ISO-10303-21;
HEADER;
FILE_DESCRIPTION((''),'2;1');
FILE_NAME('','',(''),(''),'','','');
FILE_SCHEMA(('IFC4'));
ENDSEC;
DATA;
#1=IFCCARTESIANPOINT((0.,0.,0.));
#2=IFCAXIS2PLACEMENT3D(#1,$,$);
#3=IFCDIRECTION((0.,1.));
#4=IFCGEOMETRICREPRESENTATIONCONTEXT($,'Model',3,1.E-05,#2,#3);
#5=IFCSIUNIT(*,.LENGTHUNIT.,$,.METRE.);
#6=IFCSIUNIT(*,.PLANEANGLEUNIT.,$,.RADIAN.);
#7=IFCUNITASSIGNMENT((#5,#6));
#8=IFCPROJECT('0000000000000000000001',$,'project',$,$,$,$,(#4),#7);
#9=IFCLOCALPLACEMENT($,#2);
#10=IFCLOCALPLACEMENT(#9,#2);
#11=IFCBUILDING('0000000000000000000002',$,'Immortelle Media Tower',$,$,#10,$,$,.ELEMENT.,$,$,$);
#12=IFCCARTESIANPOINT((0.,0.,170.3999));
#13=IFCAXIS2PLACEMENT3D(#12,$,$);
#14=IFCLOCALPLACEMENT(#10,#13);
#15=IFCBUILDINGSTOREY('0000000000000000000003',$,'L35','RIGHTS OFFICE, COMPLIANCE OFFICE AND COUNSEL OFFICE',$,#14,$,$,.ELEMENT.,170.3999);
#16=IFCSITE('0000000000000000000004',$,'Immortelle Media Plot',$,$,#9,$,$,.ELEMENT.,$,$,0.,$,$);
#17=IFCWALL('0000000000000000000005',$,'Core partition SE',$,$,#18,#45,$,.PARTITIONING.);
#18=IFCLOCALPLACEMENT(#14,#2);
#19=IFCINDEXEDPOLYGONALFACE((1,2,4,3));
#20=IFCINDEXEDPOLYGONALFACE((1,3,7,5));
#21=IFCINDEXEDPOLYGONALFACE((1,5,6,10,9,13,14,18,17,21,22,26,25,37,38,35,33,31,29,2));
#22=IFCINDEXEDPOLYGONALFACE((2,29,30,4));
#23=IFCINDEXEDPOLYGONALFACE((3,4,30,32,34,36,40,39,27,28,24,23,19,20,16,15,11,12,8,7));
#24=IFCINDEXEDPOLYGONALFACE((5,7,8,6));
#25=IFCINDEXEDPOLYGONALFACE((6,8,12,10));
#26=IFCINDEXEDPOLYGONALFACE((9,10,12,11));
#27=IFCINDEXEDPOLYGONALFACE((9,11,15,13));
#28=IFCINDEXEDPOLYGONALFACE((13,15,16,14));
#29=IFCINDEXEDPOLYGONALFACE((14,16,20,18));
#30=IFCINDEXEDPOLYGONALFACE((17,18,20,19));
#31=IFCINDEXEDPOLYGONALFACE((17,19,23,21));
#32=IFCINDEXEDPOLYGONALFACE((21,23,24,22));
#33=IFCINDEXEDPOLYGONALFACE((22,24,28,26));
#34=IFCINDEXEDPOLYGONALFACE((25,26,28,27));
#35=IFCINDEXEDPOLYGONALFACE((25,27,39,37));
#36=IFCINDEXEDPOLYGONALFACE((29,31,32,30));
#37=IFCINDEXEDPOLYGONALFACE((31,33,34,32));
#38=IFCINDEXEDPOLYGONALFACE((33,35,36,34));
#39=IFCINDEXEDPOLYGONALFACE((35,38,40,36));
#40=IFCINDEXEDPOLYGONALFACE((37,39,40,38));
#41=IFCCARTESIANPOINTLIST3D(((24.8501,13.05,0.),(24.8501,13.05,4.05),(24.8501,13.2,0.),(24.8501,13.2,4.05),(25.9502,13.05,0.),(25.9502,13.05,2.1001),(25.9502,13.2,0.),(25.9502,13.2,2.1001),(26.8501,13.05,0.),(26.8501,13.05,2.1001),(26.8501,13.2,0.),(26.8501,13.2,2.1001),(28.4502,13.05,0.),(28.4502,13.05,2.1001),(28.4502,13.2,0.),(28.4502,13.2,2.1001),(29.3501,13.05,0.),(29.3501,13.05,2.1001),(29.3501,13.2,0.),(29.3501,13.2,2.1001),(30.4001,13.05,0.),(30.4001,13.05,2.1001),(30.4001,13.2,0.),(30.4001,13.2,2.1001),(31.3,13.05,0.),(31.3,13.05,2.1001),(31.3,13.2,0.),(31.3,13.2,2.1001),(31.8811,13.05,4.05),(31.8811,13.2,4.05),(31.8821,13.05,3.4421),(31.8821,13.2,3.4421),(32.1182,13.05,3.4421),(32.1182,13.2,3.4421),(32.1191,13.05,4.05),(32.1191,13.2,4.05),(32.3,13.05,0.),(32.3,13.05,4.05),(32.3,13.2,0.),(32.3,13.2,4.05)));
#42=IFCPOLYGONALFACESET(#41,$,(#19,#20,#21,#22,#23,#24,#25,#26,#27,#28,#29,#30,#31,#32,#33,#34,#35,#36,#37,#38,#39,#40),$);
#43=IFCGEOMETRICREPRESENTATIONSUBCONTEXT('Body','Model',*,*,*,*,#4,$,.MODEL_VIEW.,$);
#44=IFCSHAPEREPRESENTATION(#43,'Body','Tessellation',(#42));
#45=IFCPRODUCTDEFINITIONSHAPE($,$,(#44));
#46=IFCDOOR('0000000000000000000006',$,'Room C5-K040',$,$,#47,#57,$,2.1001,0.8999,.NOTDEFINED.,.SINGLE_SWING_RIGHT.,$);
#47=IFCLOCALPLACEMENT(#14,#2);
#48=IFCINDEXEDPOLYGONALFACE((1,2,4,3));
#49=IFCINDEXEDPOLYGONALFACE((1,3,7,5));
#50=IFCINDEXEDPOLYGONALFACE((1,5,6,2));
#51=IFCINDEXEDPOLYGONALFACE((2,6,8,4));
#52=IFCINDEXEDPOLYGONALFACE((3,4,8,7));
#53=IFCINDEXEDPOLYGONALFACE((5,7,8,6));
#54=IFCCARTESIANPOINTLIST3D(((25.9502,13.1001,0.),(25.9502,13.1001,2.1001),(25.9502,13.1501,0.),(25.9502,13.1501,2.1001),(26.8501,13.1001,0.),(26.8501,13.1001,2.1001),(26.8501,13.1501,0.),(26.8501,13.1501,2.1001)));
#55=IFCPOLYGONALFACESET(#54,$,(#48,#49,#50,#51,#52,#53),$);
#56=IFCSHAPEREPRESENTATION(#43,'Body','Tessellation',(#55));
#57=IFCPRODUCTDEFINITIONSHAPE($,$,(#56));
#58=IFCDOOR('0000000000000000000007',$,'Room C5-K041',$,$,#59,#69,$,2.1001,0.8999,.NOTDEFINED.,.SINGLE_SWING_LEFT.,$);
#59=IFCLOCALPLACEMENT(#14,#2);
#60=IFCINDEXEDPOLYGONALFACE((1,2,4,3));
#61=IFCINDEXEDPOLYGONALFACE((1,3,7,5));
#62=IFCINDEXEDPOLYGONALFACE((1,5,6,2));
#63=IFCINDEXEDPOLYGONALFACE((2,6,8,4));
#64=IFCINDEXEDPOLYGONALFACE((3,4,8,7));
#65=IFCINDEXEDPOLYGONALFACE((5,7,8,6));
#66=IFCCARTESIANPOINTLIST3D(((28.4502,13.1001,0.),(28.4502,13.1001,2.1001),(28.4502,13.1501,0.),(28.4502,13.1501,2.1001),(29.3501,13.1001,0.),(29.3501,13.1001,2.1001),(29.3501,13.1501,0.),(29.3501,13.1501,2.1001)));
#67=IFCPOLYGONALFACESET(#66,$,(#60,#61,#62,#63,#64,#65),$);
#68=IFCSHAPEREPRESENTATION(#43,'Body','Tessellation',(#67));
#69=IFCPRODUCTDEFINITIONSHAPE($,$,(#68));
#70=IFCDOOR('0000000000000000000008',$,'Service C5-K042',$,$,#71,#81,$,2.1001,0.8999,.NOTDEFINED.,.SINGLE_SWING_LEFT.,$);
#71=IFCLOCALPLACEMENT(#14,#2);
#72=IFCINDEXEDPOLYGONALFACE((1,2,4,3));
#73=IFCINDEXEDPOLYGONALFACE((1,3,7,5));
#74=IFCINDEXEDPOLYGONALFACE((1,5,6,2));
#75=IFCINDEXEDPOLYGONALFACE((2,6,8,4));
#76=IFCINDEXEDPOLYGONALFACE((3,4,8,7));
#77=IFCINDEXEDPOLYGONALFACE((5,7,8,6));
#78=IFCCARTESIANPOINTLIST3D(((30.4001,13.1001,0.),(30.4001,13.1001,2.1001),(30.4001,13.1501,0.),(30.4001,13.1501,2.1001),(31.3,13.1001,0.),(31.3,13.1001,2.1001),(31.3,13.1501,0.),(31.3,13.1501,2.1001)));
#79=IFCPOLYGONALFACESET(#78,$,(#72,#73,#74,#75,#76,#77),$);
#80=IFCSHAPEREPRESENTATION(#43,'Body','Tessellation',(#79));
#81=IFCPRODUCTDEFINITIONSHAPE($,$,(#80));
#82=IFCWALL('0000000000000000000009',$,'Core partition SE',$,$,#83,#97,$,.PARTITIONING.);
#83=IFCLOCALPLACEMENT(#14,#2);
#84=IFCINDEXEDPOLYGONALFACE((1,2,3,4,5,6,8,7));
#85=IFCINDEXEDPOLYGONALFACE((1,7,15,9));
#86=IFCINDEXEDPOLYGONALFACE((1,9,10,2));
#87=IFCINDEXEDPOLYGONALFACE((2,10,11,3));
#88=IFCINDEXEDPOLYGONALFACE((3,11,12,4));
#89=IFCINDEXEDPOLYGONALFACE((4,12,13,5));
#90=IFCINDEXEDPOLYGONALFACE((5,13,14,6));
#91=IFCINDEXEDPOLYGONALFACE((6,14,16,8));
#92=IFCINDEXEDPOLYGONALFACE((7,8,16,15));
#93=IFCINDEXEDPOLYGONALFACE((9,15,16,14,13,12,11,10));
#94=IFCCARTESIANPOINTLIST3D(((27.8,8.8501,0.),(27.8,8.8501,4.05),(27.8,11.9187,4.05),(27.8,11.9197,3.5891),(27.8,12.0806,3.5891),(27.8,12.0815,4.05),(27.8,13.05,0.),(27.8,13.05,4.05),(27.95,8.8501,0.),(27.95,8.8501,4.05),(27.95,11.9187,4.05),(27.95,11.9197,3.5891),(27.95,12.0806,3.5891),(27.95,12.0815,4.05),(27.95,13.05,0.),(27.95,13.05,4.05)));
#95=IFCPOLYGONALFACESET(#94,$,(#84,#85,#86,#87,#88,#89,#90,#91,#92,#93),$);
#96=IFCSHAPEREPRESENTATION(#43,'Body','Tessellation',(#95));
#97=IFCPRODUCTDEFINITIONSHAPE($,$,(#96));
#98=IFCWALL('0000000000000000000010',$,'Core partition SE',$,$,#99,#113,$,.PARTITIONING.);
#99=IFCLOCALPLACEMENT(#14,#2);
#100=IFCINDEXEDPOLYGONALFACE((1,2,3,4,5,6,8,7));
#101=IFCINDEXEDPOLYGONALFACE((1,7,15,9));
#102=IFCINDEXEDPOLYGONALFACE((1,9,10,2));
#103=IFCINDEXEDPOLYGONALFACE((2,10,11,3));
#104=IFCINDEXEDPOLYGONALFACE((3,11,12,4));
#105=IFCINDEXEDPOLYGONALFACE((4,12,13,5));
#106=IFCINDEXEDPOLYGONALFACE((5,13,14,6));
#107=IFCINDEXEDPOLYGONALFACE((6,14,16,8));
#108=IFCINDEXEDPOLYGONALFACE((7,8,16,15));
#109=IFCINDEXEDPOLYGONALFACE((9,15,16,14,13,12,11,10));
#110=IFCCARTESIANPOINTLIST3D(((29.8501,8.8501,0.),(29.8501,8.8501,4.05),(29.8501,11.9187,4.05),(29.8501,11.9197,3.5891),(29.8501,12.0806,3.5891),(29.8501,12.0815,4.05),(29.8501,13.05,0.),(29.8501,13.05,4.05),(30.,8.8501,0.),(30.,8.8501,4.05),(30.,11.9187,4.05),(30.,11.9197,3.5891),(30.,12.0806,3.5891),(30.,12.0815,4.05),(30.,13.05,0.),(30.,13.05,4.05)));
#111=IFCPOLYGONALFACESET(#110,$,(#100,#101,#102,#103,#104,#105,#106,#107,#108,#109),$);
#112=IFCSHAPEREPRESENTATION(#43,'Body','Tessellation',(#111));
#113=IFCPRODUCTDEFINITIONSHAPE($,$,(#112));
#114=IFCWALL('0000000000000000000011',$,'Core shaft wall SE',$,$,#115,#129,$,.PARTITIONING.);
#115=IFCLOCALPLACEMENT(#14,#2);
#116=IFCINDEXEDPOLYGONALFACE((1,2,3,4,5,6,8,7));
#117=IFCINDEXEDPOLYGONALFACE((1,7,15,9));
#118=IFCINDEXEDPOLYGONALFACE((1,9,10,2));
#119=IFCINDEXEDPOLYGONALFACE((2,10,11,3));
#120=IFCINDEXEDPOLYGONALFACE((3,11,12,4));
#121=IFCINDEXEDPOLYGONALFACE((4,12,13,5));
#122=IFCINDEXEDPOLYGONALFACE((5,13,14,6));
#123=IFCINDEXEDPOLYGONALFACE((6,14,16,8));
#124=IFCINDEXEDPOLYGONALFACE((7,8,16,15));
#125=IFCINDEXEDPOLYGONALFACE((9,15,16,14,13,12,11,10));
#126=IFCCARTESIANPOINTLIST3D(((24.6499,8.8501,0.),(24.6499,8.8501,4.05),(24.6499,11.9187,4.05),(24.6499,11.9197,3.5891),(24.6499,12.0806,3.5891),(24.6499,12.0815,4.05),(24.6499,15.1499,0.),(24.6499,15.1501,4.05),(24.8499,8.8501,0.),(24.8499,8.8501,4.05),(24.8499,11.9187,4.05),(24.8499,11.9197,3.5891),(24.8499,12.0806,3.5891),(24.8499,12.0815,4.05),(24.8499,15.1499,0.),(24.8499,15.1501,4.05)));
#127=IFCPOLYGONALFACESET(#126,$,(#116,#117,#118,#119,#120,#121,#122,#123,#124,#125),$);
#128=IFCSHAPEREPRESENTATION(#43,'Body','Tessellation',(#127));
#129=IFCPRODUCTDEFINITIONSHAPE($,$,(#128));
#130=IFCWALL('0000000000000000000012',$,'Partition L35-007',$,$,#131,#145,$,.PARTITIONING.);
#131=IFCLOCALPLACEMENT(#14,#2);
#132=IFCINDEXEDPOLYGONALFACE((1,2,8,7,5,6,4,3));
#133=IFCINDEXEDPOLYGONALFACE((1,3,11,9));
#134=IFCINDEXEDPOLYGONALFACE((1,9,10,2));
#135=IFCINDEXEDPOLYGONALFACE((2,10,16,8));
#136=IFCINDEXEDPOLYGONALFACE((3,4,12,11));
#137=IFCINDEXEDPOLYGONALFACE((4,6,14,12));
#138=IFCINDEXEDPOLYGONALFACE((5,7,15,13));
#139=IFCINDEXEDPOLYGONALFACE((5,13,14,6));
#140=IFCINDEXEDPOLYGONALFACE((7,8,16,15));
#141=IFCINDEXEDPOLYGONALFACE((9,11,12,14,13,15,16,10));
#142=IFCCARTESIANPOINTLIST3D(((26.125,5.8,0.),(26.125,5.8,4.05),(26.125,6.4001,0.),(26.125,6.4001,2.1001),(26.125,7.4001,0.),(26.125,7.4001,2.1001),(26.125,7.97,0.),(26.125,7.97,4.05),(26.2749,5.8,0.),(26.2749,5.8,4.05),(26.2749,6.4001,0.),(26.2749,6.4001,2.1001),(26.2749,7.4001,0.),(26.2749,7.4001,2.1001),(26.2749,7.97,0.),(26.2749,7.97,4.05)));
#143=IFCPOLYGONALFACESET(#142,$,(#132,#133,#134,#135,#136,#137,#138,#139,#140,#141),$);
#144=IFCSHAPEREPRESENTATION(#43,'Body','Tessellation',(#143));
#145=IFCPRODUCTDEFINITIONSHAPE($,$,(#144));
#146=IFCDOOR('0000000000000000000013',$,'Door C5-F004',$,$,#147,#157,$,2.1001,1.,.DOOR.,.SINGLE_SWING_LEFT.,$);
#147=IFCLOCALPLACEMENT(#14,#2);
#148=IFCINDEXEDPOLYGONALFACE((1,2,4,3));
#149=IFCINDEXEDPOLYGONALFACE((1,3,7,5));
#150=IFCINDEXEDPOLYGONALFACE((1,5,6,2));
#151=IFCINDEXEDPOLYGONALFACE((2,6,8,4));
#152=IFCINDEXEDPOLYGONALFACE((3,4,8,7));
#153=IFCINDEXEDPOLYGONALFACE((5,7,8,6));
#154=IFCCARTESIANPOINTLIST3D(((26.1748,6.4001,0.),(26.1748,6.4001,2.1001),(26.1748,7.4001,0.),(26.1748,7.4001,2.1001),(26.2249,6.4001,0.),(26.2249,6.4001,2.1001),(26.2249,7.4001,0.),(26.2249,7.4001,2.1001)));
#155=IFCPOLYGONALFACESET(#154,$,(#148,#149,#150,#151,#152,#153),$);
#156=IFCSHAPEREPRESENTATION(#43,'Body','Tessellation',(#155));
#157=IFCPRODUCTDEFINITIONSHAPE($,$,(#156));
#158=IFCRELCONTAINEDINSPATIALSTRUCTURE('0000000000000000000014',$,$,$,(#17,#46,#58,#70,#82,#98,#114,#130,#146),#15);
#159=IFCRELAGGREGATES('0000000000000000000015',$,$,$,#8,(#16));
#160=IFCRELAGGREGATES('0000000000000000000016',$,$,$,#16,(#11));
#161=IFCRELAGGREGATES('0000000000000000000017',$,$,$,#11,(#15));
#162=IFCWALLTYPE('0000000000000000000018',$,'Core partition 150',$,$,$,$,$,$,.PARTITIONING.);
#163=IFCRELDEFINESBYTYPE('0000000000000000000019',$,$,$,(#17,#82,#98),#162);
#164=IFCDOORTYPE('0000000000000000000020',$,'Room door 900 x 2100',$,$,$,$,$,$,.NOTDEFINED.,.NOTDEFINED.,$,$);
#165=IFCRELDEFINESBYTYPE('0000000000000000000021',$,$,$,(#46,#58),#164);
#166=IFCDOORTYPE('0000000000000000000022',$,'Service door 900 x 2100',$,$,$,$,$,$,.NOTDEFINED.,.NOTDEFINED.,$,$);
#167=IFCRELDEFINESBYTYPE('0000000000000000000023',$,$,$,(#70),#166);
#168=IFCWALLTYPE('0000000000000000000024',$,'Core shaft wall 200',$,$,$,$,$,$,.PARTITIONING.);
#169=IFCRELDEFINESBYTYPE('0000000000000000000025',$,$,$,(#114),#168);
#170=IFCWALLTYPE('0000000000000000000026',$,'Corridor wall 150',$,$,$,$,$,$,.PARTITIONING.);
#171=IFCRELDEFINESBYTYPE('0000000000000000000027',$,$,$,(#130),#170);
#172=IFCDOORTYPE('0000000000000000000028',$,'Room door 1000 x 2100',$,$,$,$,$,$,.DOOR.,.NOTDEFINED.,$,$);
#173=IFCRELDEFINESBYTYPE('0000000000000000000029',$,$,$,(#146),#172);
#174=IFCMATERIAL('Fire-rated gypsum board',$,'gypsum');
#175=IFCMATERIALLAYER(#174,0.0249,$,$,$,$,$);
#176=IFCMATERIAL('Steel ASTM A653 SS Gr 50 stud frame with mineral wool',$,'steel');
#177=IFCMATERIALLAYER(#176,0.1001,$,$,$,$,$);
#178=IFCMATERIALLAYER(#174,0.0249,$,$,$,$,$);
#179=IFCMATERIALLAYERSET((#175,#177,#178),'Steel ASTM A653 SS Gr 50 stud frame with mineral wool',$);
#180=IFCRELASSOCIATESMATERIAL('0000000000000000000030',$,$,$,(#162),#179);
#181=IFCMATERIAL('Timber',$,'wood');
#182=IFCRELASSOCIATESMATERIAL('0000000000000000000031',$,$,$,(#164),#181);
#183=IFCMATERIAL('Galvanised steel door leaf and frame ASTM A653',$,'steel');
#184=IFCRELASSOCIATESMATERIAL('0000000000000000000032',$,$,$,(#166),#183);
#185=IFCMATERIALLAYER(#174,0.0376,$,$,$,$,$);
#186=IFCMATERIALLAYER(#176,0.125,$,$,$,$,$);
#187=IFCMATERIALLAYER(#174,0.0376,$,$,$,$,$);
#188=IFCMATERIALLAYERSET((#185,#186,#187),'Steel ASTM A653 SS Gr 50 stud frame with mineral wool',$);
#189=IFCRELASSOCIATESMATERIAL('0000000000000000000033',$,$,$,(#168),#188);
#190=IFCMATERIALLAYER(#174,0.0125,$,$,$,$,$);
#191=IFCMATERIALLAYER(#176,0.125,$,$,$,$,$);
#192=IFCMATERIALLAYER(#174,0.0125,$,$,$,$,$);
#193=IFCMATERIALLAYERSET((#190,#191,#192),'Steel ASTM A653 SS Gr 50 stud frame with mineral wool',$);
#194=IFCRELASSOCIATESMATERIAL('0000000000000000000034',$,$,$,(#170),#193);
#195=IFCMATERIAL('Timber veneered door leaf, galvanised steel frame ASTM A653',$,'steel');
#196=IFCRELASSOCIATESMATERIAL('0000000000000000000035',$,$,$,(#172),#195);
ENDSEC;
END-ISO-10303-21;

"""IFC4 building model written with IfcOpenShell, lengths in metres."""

from ifc_helpers import new_model, si_unit, direction, frame, frame_2d, origin, place, context, subcontext, project, spatial, polyline, rectangle, outline, extrude, material, layer, layer_set, type_object, element, fill, save


model = new_model("IFC4")

# Units and contexts
model_context = context("Model", 3, precision=1e-05, world=origin(), true_north=direction((0.0, 1.0)))
body_context = subcontext(model_context, "Body", "Model", "MODEL_VIEW")
ifc_project = project(units=[si_unit("LENGTHUNIT", "METRE"), si_unit("PLANEANGLEUNIT", "RADIAN")], contexts=[model_context])

# Site, building, storey
site_placement = place(None, origin())
site = spatial("IfcSite", under=ifc_project, at=site_placement, Name="Immortelle Media Plot", CompositionType="ELEMENT", RefElevation=0.0)
building_placement = place(site_placement, origin())
building = spatial("IfcBuilding", under=site, at=building_placement, Name="Immortelle Media Tower", CompositionType="ELEMENT")
storey_placement = place(building_placement, frame((0.0, 0.0, 170.3999)))
storey = spatial("IfcBuildingStorey", under=building, at=storey_placement, Name="L35", Description="RIGHTS OFFICE, COMPLIANCE OFFICE AND COUNSEL OFFICE", CompositionType="ELEMENT", Elevation=170.3999)

# Wall, openings, doors
ifc_material_1 = material(Name="Fire-rated gypsum board", Category="gypsum")
ifc_layer_1 = layer(ifc_material_1, 0.0249)
ifc_material_2 = material(Name="Steel ASTM A653 SS Gr 50 stud frame with mineral wool", Category="steel")
ifc_layer_2 = layer(ifc_material_2, 0.1001)
ifc_layer_3 = layer(ifc_material_1, 0.0249)
ifc_layer_set_1 = layer_set([ifc_layer_1, ifc_layer_2, ifc_layer_3], Name="Steel ASTM A653 SS Gr 50 stud frame with mineral wool")
wall_type_1 = type_object("IfcWallType", Name="Core partition 150", PredefinedType="PARTITIONING", material=ifc_layer_set_1)
wall_1_placement = place(storey_placement, frame((24.8501, 13.125, 0.0), z_axis=(0.0, 0.0, 1.0), x_axis=(1.0, 0.0, 0.0)))
wall_1 = element("IfcWall", 1, at=wall_1_placement, inside=storey, type_object=wall_type_1, Name="Core partition SE", PredefinedType="PARTITIONING", context=body_context, shape_type="SweptSolid", body=[
    extrude(outline(polyline([(0.0, 0.0), (7.45, 0.0), (7.45, 4.05), (7.269, 4.05), (7.2681, 3.4421), (7.032, 3.4421), (7.031, 4.05), (0.0, 4.05), (0.0, 0.0)])), frame((0.0, 0.075, 0.0), z_axis=(0.0, -1.0, 0.0), x_axis=(1.0, 0.0, 0.0)), (0.0, 0.0, 1.0), 0.1499),
])
opening_1_placement = place(wall_1_placement, frame((2.0, 0.0, 0.0), z_axis=(0.0, 0.0, 1.0), x_axis=(-1.0, 0.0, 0.0)))
opening_1 = element("IfcOpeningElement", 2, at=opening_1_placement, cuts=wall_1, PredefinedType="OPENING", context=body_context, shape_type="SweptSolid", body=[
    extrude(rectangle(XDim=0.8999, YDim=2.1001, at=frame_2d((0.45, 1.05))), frame((0.0, 0.085, 0.0), z_axis=(0.0, -1.0, 0.0), x_axis=(1.0, 0.0, 0.0)), (0.0, 0.0, 1.0), 0.1699),
])
opening_2_placement = place(wall_1_placement, frame((4.5, 0.0, 0.0), z_axis=(0.0, 0.0, 1.0), x_axis=(-1.0, 0.0, 0.0)))
opening_2 = element("IfcOpeningElement", 3, at=opening_2_placement, cuts=wall_1, PredefinedType="OPENING", context=body_context, shape_type="SweptSolid", body=[
    extrude(rectangle(XDim=0.8999, YDim=2.1001, at=frame_2d((0.45, 1.05))), frame((0.0, 0.085, 0.0), z_axis=(0.0, -1.0, 0.0), x_axis=(1.0, 0.0, 0.0)), (0.0, 0.0, 1.0), 0.1699),
])
opening_3_placement = place(wall_1_placement, frame((6.45, 0.0, 0.0), z_axis=(0.0, 0.0, 1.0), x_axis=(-1.0, 0.0, 0.0)))
opening_3 = element("IfcOpeningElement", 4, at=opening_3_placement, cuts=wall_1, PredefinedType="OPENING", context=body_context, shape_type="SweptSolid", body=[
    extrude(rectangle(XDim=0.8999, YDim=2.1001, at=frame_2d((0.45, 1.05))), frame((0.0, 0.085, 0.0), z_axis=(0.0, -1.0, 0.0), x_axis=(1.0, 0.0, 0.0)), (0.0, 0.0, 1.0), 0.1699),
])
ifc_material_3 = material(Name="Timber", Category="wood")
door_type_1 = type_object("IfcDoorType", Name="Room door 900 x 2100", OperationType="NOTDEFINED", PredefinedType="NOTDEFINED", material=ifc_material_3)
door_1_placement = place(opening_1_placement, origin())
door_1 = element("IfcDoor", 5, at=door_1_placement, inside=storey, type_object=door_type_1, Name="Room C5-K040", OperationType="SINGLE_SWING_RIGHT", OverallHeight=2.1001, OverallWidth=0.8999, PredefinedType="NOTDEFINED", context=body_context, shape_type="SweptSolid", body=[
    extrude(rectangle(XDim=0.8999, YDim=2.1001, at=frame_2d((0.45, 1.05))), frame((0.0, 0.0249, 0.0), z_axis=(0.0, -1.0, 0.0), x_axis=(1.0, 0.0, 0.0)), (0.0, 0.0, 1.0), 0.05),
])
fill(opening_1, door_1)
door_2_placement = place(opening_2_placement, origin())
door_2 = element("IfcDoor", 6, at=door_2_placement, inside=storey, type_object=door_type_1, Name="Room C5-K041", OperationType="SINGLE_SWING_LEFT", OverallHeight=2.1001, OverallWidth=0.8999, PredefinedType="NOTDEFINED", context=body_context, shape_type="SweptSolid", body=[
    extrude(rectangle(XDim=0.8999, YDim=2.1001, at=frame_2d((0.45, 1.05))), frame((0.0, 0.0249, 0.0), z_axis=(0.0, -1.0, 0.0), x_axis=(1.0, 0.0, 0.0)), (0.0, 0.0, 1.0), 0.05),
])
fill(opening_2, door_2)
ifc_material_4 = material(Name="Galvanised steel door leaf and frame ASTM A653", Category="steel")
door_type_2 = type_object("IfcDoorType", Name="Service door 900 x 2100", OperationType="NOTDEFINED", PredefinedType="NOTDEFINED", material=ifc_material_4)
door_3_placement = place(opening_3_placement, origin())
door_3 = element("IfcDoor", 7, at=door_3_placement, inside=storey, type_object=door_type_2, Name="Service C5-K042", OperationType="SINGLE_SWING_LEFT", OverallHeight=2.1001, OverallWidth=0.8999, PredefinedType="NOTDEFINED", context=body_context, shape_type="SweptSolid", body=[
    extrude(rectangle(XDim=0.8999, YDim=2.1001, at=frame_2d((0.45, 1.05))), frame((0.0, 0.0249, 0.0), z_axis=(0.0, -1.0, 0.0), x_axis=(1.0, 0.0, 0.0)), (0.0, 0.0, 1.0), 0.05),
])
fill(opening_3, door_3)

# Walls
for number, where, z_axis, x_axis, name in (
    (8, (27.875, 8.8501, 0.0), (0.0, 0.0, 1.0), (0.0, 1.0, 0.0), "Core partition SE"),
    (9, (29.925, 8.8501, 0.0), (0.0, 0.0, 1.0), (0.0, 1.0, 0.0), "Core partition SE"),
):
    element("IfcWall", number, at=place(storey_placement, frame(where, z_axis=z_axis, x_axis=x_axis)), inside=storey, type_object=wall_type_1, Name=name, PredefinedType="PARTITIONING", context=body_context, shape_type="SweptSolid", body=[
        extrude(outline(polyline([(0.0, 0.0), (4.2, 0.0), (4.2, 4.05), (3.2314, 4.05), (3.2305, 3.5891), (3.0696, 3.5891), (3.0686, 4.05), (0.0, 4.05), (0.0, 0.0)])), frame((0.0, 0.075, 0.0), z_axis=(0.0, -1.0, 0.0), x_axis=(1.0, 0.0, 0.0)), (0.0, 0.0, 1.0), 0.1499),
    ])
ifc_layer_4 = layer(ifc_material_1, 0.0376)
ifc_layer_5 = layer(ifc_material_2, 0.125)
ifc_layer_6 = layer(ifc_material_1, 0.0376)
ifc_layer_set_2 = layer_set([ifc_layer_4, ifc_layer_5, ifc_layer_6], Name="Steel ASTM A653 SS Gr 50 stud frame with mineral wool")
wall_type_2 = type_object("IfcWallType", Name="Core shaft wall 200", PredefinedType="PARTITIONING", material=ifc_layer_set_2)
wall_2_placement = place(storey_placement, frame((24.75, 8.8501, 0.0), z_axis=(0.0, 0.0, 1.0), x_axis=(0.0, 1.0, 0.0)))
element("IfcWall", 10, at=wall_2_placement, inside=storey, type_object=wall_type_2, Name="Core shaft wall SE", PredefinedType="PARTITIONING", context=body_context, shape_type="SweptSolid", body=[
    extrude(outline(polyline([(0.0, 0.0), (6.2998, 0.0), (6.3, 4.05), (3.2314, 4.05), (3.2305, 3.5891), (3.0696, 3.5891), (3.0686, 4.05), (0.0, 4.05), (0.0, 0.0)])), frame((0.0, 0.1001, 0.0), z_axis=(0.0, -1.0, 0.0), x_axis=(1.0, 0.0, 0.0)), (0.0, 0.0, 1.0), 0.2),
])

# Wall, opening, door
ifc_layer_7 = layer(ifc_material_1, 0.0125)
ifc_layer_8 = layer(ifc_material_2, 0.125)
ifc_layer_9 = layer(ifc_material_1, 0.0125)
ifc_layer_set_3 = layer_set([ifc_layer_7, ifc_layer_8, ifc_layer_9], Name="Steel ASTM A653 SS Gr 50 stud frame with mineral wool")
wall_type_3 = type_object("IfcWallType", Name="Corridor wall 150", PredefinedType="PARTITIONING", material=ifc_layer_set_3)
wall_3_placement = place(storey_placement, frame((26.2, 5.8, 0.0), z_axis=(0.0, 0.0, 1.0), x_axis=(0.0, 1.0, 0.0)))
wall_3 = element("IfcWall", 11, at=wall_3_placement, inside=storey, type_object=wall_type_3, Name="Partition L35-007", PredefinedType="PARTITIONING", context=body_context, shape_type="SweptSolid", body=[
    extrude(rectangle(XDim=2.1699, YDim=0.1499, at=frame_2d((1.085, 0.0))), origin(), (0.0, 0.0, 1.0), 4.05),
])
opening_4_placement = place(wall_3_placement, frame((1.6001, 0.0, 0.0), z_axis=(0.0, 0.0, 1.0), x_axis=(-1.0, 0.0, 0.0)))
opening_4 = element("IfcOpeningElement", 12, at=opening_4_placement, cuts=wall_3, PredefinedType="OPENING", context=body_context, shape_type="SweptSolid", body=[
    extrude(rectangle(XDim=1.0, YDim=2.1001, at=frame_2d((0.5, 1.05))), frame((0.0, 0.085, 0.0), z_axis=(0.0, -1.0, 0.0), x_axis=(1.0, 0.0, 0.0)), (0.0, 0.0, 1.0), 0.1699),
])
ifc_material_5 = material(Name="Timber veneered door leaf, galvanised steel frame ASTM A653", Category="steel")
door_type_3 = type_object("IfcDoorType", Name="Room door 1000 x 2100", OperationType="NOTDEFINED", PredefinedType="DOOR", material=ifc_material_5)
door_4_placement = place(opening_4_placement, origin())
door_4 = element("IfcDoor", 13, at=door_4_placement, inside=storey, type_object=door_type_3, Name="Door C5-F004", OperationType="SINGLE_SWING_LEFT", OverallHeight=2.1001, OverallWidth=1.0, PredefinedType="DOOR", context=body_context, shape_type="SweptSolid", body=[
    extrude(rectangle(XDim=1.0, YDim=2.1001, at=frame_2d((0.5, 1.05))), frame((0.0, 0.0249, 0.0), z_axis=(0.0, -1.0, 0.0), x_axis=(1.0, 0.0, 0.0)), (0.0, 0.0, 1.0), 0.05),
])
fill(opening_4, door_4)

save(model, "model.ifc")
